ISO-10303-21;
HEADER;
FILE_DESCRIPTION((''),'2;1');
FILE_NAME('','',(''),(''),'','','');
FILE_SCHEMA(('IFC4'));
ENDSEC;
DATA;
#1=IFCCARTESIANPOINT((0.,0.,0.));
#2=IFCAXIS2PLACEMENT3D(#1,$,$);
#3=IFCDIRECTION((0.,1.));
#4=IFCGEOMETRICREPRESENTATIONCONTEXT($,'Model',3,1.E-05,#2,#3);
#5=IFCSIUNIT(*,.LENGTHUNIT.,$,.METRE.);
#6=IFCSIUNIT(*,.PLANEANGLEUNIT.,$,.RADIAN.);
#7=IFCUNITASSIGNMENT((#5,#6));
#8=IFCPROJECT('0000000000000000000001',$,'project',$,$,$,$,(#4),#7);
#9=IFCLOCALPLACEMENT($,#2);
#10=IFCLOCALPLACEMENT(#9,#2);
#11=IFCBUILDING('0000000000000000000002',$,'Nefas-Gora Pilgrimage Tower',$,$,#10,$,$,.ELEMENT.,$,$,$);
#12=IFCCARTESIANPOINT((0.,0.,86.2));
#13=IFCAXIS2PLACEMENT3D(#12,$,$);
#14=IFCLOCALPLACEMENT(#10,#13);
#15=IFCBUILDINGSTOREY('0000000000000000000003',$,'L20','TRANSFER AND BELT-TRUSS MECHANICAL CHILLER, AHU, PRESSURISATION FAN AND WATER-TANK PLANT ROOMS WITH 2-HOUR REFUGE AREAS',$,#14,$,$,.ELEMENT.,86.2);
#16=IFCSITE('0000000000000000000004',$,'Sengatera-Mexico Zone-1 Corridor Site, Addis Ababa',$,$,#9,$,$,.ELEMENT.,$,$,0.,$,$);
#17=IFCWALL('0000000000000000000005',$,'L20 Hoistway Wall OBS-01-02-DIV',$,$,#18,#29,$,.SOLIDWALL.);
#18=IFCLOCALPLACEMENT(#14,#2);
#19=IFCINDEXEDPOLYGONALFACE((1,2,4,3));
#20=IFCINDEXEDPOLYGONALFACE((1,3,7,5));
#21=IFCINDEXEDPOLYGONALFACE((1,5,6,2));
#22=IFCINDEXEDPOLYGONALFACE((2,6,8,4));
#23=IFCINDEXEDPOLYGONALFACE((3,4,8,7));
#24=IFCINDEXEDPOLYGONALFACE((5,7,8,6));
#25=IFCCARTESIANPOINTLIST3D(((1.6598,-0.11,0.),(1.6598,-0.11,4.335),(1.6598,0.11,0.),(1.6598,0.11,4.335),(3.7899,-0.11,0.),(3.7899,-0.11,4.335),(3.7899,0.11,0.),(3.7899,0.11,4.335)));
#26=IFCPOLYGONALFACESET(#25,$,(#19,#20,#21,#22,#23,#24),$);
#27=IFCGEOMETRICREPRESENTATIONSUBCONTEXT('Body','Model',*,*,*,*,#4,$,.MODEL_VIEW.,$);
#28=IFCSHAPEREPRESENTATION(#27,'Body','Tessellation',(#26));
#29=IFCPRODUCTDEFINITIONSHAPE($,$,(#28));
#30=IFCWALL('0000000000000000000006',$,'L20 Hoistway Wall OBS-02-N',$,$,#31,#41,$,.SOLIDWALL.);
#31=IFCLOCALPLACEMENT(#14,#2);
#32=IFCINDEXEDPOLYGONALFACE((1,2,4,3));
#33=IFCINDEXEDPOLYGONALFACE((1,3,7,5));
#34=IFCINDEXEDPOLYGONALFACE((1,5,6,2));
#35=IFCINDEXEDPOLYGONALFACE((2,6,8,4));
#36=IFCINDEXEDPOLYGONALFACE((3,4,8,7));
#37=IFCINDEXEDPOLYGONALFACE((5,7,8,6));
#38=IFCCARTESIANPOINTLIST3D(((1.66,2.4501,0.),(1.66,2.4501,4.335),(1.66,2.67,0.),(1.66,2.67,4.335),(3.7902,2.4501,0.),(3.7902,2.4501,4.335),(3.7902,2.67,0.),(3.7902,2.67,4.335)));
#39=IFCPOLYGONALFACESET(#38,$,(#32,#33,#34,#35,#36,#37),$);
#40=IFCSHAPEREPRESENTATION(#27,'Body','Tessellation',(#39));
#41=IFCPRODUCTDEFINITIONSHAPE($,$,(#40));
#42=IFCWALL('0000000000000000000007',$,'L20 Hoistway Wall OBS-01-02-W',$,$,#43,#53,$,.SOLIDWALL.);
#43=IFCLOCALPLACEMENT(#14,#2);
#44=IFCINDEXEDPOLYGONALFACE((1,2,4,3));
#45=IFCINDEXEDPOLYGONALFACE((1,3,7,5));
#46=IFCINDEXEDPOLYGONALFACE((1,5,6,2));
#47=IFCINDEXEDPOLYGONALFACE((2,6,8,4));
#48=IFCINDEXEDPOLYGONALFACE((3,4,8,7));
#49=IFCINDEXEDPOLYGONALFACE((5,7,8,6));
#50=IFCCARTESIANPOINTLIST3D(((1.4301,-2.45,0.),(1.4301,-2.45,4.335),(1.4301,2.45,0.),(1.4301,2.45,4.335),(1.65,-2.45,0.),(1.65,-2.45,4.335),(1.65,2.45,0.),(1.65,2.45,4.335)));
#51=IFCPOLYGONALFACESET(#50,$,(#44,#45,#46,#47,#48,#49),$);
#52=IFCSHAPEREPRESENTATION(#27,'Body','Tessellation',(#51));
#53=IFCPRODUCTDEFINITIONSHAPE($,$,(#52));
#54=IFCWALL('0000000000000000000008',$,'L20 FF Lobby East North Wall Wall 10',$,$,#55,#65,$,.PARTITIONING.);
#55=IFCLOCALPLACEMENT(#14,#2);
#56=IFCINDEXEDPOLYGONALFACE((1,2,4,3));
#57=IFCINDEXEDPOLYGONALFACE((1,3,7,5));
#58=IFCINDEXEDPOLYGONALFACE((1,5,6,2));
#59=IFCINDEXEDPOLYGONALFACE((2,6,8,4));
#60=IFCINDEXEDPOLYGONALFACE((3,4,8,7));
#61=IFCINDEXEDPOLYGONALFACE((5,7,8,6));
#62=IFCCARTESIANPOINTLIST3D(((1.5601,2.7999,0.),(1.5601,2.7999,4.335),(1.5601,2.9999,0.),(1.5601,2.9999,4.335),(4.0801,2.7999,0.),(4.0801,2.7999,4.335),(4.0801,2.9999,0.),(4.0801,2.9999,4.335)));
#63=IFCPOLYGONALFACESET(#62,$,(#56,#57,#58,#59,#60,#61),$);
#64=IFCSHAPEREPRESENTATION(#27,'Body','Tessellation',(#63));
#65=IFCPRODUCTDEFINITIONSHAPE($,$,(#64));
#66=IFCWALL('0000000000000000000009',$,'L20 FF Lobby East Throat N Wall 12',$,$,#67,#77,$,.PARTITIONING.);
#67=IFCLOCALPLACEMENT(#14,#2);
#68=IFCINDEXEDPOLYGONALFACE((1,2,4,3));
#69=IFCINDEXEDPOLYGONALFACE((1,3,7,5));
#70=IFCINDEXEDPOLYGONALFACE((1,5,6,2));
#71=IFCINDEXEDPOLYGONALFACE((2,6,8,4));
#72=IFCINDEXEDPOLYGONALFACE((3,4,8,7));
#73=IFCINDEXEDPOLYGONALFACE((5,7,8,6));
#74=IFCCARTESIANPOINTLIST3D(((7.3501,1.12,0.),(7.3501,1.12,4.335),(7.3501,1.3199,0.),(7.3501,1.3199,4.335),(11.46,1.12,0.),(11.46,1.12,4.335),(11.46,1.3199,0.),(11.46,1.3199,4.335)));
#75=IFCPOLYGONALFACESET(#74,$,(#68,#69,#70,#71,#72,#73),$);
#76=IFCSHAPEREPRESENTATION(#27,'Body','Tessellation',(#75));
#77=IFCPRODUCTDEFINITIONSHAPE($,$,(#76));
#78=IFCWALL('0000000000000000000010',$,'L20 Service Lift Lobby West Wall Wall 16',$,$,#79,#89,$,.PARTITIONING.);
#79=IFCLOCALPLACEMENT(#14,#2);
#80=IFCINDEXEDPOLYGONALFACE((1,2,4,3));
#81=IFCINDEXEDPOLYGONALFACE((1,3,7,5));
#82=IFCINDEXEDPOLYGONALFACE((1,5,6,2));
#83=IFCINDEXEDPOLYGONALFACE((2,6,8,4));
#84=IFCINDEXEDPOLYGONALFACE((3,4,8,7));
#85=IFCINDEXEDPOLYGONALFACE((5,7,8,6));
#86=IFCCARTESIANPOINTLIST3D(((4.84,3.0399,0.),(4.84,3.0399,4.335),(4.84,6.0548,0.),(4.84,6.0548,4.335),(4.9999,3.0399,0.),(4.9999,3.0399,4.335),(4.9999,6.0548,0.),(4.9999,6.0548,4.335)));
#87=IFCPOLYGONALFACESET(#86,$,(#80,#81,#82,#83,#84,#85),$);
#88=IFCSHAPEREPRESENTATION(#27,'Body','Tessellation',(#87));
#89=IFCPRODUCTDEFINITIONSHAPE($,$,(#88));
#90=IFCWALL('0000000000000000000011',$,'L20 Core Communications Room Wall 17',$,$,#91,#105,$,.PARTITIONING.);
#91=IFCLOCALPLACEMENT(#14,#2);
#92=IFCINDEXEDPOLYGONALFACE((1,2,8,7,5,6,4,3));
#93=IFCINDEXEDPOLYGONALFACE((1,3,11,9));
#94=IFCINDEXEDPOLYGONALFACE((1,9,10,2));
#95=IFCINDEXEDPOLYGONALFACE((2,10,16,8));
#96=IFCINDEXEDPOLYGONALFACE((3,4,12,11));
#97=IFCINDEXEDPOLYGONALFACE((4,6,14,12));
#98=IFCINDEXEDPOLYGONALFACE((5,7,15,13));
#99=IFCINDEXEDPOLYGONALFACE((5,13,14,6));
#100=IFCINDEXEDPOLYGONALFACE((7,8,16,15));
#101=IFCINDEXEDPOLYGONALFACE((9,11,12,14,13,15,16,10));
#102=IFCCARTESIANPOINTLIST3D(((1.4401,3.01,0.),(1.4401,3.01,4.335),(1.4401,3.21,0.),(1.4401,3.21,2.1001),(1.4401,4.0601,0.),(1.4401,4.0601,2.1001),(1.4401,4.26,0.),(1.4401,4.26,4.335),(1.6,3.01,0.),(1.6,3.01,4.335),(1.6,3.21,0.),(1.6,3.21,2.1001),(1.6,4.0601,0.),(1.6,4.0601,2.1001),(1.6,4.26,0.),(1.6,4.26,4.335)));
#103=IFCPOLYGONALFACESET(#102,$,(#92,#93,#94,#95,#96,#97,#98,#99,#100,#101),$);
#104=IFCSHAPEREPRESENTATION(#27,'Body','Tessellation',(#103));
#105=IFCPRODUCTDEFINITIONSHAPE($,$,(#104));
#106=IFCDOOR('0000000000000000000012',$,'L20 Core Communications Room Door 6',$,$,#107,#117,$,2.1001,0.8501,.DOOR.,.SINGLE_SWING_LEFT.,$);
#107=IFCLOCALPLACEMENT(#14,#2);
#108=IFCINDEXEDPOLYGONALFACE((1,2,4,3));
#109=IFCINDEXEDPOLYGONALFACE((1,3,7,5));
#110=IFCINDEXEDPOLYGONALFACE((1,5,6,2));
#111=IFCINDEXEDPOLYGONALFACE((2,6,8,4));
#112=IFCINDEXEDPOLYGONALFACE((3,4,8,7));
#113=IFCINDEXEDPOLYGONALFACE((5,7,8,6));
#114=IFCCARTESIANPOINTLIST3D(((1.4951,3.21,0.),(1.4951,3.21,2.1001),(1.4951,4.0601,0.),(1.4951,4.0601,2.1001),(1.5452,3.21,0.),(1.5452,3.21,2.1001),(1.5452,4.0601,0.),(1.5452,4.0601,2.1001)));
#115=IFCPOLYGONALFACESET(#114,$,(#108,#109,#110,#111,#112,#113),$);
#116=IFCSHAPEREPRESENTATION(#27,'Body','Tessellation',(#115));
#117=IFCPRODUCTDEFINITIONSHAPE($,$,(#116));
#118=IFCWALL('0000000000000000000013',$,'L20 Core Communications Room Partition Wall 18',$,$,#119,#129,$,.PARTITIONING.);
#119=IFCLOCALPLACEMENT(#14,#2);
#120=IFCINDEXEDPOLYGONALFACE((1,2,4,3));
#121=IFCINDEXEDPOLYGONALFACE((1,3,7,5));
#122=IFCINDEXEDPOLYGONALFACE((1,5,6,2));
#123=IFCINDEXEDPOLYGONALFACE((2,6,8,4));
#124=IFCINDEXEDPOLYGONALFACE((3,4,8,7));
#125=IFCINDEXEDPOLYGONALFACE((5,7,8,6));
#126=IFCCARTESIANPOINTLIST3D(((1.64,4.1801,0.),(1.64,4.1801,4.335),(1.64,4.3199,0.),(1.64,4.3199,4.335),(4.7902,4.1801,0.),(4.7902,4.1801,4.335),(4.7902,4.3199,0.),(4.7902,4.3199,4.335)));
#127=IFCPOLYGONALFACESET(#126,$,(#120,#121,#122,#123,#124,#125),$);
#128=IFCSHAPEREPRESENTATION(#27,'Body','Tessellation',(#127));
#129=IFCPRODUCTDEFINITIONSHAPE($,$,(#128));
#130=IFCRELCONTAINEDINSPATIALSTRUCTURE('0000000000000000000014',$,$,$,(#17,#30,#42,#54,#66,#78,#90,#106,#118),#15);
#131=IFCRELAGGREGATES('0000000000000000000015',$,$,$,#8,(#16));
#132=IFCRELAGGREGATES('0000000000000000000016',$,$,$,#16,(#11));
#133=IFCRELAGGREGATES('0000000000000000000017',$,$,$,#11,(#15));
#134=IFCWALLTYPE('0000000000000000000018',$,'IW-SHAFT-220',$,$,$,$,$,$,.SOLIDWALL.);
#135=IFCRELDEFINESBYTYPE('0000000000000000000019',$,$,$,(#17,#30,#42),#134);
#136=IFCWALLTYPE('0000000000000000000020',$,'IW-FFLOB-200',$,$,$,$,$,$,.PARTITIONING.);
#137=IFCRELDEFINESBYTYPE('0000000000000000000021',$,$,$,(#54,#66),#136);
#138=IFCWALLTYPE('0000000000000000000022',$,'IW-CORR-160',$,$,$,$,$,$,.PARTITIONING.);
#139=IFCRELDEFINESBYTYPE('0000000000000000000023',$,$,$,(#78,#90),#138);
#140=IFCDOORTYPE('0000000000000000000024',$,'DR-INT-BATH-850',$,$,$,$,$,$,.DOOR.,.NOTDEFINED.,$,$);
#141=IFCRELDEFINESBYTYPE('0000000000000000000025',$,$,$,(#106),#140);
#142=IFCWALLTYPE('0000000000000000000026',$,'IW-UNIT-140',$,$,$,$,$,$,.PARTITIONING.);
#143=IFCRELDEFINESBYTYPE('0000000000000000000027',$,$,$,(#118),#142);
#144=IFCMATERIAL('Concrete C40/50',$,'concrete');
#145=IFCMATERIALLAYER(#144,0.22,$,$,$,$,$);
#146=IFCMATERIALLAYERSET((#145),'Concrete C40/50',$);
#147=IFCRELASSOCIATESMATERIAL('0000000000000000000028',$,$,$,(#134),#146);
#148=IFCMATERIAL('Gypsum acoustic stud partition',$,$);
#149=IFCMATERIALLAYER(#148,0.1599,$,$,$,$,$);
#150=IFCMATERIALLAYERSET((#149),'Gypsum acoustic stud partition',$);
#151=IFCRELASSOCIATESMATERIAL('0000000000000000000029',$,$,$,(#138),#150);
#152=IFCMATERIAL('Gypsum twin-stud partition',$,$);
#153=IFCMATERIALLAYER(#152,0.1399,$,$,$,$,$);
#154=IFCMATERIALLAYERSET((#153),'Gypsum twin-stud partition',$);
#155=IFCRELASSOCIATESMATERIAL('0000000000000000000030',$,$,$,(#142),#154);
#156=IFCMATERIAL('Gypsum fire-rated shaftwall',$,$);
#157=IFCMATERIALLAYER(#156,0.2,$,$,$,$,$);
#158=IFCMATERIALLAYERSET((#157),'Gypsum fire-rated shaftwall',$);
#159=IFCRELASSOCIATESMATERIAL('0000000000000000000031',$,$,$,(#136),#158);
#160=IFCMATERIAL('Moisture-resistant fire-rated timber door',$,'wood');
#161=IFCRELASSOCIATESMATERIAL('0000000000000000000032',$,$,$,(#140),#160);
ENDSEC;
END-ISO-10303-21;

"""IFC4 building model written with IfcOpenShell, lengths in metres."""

from ifc_helpers import new_model, si_unit, direction, frame, frame_2d, origin, place, context, subcontext, project, spatial, rectangle, extrude, source, transform, mapped, material, layer, layer_set, type_object, element, fill, save


model = new_model("IFC4")

# Units and contexts
model_context = context("Model", 3, precision=1e-05, world=origin(), true_north=direction((0.0, 1.0)))
body_context = subcontext(model_context, "Body", "Model", "MODEL_VIEW")
ifc_project = project(units=[si_unit("LENGTHUNIT", "METRE"), si_unit("PLANEANGLEUNIT", "RADIAN")], contexts=[model_context])

# Site, building, storey
site_placement = place(None, origin())
site = spatial("IfcSite", under=ifc_project, at=site_placement, Name="Sengatera-Mexico Zone-1 Corridor Site, Addis Ababa", CompositionType="ELEMENT", RefElevation=0.0)
building_placement = place(site_placement, origin())
building = spatial("IfcBuilding", under=site, at=building_placement, Name="Nefas-Gora Pilgrimage Tower", CompositionType="ELEMENT")
storey_placement = place(building_placement, frame((0.0, 0.0, 86.2)))
storey = spatial("IfcBuildingStorey", under=building, at=storey_placement, Name="L20", Description="TRANSFER AND BELT-TRUSS MECHANICAL CHILLER, AHU, PRESSURISATION FAN AND WATER-TANK PLANT ROOMS WITH 2-HOUR REFUGE AREAS", CompositionType="ELEMENT", Elevation=86.2)

# Shared definitions
ifc_material_1 = material(Name="Concrete C40/50", Category="concrete")
ifc_layer_1 = layer(ifc_material_1, 0.22)
ifc_layer_set_1 = layer_set([ifc_layer_1], Name="Concrete C40/50")
wall_type_1 = type_object("IfcWallType", Name="IW-SHAFT-220", PredefinedType="SOLIDWALL", material=ifc_layer_set_1)

# Walls
ifc_material_2 = material(Name="Gypsum acoustic stud partition")
ifc_layer_2 = layer(ifc_material_2, 0.1599)
ifc_layer_set_2 = layer_set([ifc_layer_2], Name="Gypsum acoustic stud partition")
wall_type_2 = type_object("IfcWallType", Name="IW-CORR-160", PredefinedType="PARTITIONING", material=ifc_layer_set_2)
ifc_material_3 = material(Name="Gypsum twin-stud partition")
ifc_layer_3 = layer(ifc_material_3, 0.1399)
ifc_layer_set_3 = layer_set([ifc_layer_3], Name="Gypsum twin-stud partition")
wall_type_3 = type_object("IfcWallType", Name="IW-UNIT-140", PredefinedType="PARTITIONING", material=ifc_layer_set_3)
shared_shape_1 = source(origin(), body_context, "Body", "SweptSolid", [
    extrude(rectangle(XDim=2.1301, YDim=0.22, at=frame_2d((1.0649, 0.0))), origin(), (0.0, 0.0, 1.0), 4.335),
])
for number, where, z_axis, x_axis, name in (
    (1, (1.6599, 0.0, 0.0), (0.0, 0.0, 1.0), (1.0, 0.0, 0.0), "L20 Hoistway Wall OBS-01-02-DIV"),
    (2, (3.79, 2.5601, 0.0), (0.0, 0.0, 1.0), (-1.0, 0.0, 0.0), "L20 Hoistway Wall OBS-02-N"),
):
    element("IfcWall", number, at=place(storey_placement, frame(where, z_axis=z_axis, x_axis=x_axis)), inside=storey, type_object=wall_type_1, Name=name, PredefinedType="SOLIDWALL", context=body_context, shape_type="MappedRepresentation", body=[
        mapped(shared_shape_1, transform((0.0, 0.0, 0.0), x_axis=(1.0, 0.0, 0.0), y_axis=(0.0, 1.0, 0.0), z_axis=(0.0, 0.0, 1.0), scale=1.0)),
    ])
shared_shape_2 = source(origin(), body_context, "Body", "SweptSolid", [
    extrude(rectangle(XDim=4.8999, YDim=0.22, at=frame_2d((2.45, 0.0))), origin(), (0.0, 0.0, 1.0), 4.335),
])
wall_1_placement = place(storey_placement, frame((1.54, 2.45, 0.0), z_axis=(0.0, 0.0, 1.0), x_axis=(0.0, -1.0, 0.0)))
element("IfcWall", 3, at=wall_1_placement, inside=storey, type_object=wall_type_1, Name="L20 Hoistway Wall OBS-01-02-W", PredefinedType="SOLIDWALL", context=body_context, shape_type="MappedRepresentation", body=[
    mapped(shared_shape_2, transform((0.0, 0.0, 0.0), x_axis=(1.0, 0.0, 0.0), y_axis=(0.0, 1.0, 0.0), z_axis=(0.0, 0.0, 1.0), scale=1.0)),
])
ifc_material_4 = material(Name="Gypsum fire-rated shaftwall")
ifc_layer_4 = layer(ifc_material_4, 0.2)
ifc_layer_set_4 = layer_set([ifc_layer_4], Name="Gypsum fire-rated shaftwall")
wall_type_4 = type_object("IfcWallType", Name="IW-FFLOB-200", PredefinedType="PARTITIONING", material=ifc_layer_set_4)
shared_shape_3 = source(origin(), body_context, "Body", "SweptSolid", [
    extrude(rectangle(XDim=2.52, YDim=0.2, at=frame_2d((1.26, 0.0))), origin(), (0.0, 0.0, 1.0), 4.335),
])
wall_2_placement = place(storey_placement, frame((1.5601, 2.8999, 0.0), z_axis=(0.0, 0.0, 1.0), x_axis=(1.0, 0.0, 0.0)))
element("IfcWall", 4, at=wall_2_placement, inside=storey, type_object=wall_type_4, Name="L20 FF Lobby East North Wall Wall 10", PredefinedType="PARTITIONING", context=body_context, shape_type="MappedRepresentation", body=[
    mapped(shared_shape_3, transform((0.0, 0.0, 0.0), x_axis=(1.0, 0.0, 0.0), y_axis=(0.0, 1.0, 0.0), z_axis=(0.0, 0.0, 1.0), scale=1.0)),
])

# Walls
shared_shape_4 = source(origin(), body_context, "Body", "SweptSolid", [
    extrude(rectangle(XDim=4.1099, YDim=0.2, at=frame_2d((2.0549, 0.0))), origin(), (0.0, 0.0, 1.0), 4.335),
])
wall_3_placement = place(storey_placement, frame((7.3501, 1.22, 0.0), z_axis=(0.0, 0.0, 1.0), x_axis=(1.0, 0.0, 0.0)))
element("IfcWall", 5, at=wall_3_placement, inside=storey, type_object=wall_type_4, Name="L20 FF Lobby East Throat N Wall 12", PredefinedType="PARTITIONING", context=body_context, shape_type="MappedRepresentation", body=[
    mapped(shared_shape_4, transform((0.0, 0.0, 0.0), x_axis=(1.0, 0.0, 0.0), y_axis=(0.0, 1.0, 0.0), z_axis=(0.0, 0.0, 1.0), scale=1.0)),
])
shared_shape_5 = source(origin(), body_context, "Body", "SweptSolid", [
    extrude(rectangle(XDim=3.0149, YDim=0.1599, at=frame_2d((1.5073, 0.0))), origin(), (0.0, 0.0, 1.0), 4.335),
])
wall_4_placement = place(storey_placement, frame((4.9199, 3.04, 0.0), z_axis=(0.0, 0.0, 1.0), x_axis=(0.0, 1.0, 0.0)))
element("IfcWall", 6, at=wall_4_placement, inside=storey, type_object=wall_type_2, Name="L20 Service Lift Lobby West Wall Wall 16", PredefinedType="PARTITIONING", context=body_context, shape_type="MappedRepresentation", body=[
    mapped(shared_shape_5, transform((0.0, 0.0, 0.0), x_axis=(1.0, 0.0, 0.0), y_axis=(0.0, 1.0, 0.0), z_axis=(0.0, 0.0, 1.0), scale=1.0)),
])

# Wall, opening, door
shared_shape_6 = source(origin(), body_context, "Body", "SweptSolid", [
    extrude(rectangle(XDim=1.25, YDim=0.1599, at=frame_2d((0.625, 0.0))), origin(), (0.0, 0.0, 1.0), 4.335),
])
wall_5_placement = place(storey_placement, frame((1.52, 3.01, 0.0), z_axis=(0.0, 0.0, 1.0), x_axis=(0.0, 1.0, 0.0)))
wall_5 = element("IfcWall", 7, at=wall_5_placement, inside=storey, type_object=wall_type_2, Name="L20 Core Communications Room Wall 17", PredefinedType="PARTITIONING", context=body_context, shape_type="MappedRepresentation", body=[
    mapped(shared_shape_6, transform((0.0, 0.0, 0.0), x_axis=(1.0, 0.0, 0.0), y_axis=(0.0, 1.0, 0.0), z_axis=(0.0, 0.0, 1.0), scale=1.0)),
])
opening_1_placement = place(wall_5_placement, frame((0.2, 0.0, 0.0)))
opening_1 = element("IfcOpeningElement", 8, at=opening_1_placement, cuts=wall_5, PredefinedType="OPENING", context=body_context, shape_type="SweptSolid", body=[
    extrude(rectangle(XDim=0.8501, YDim=2.1001, at=frame_2d((0.425, 1.05))), frame((0.0, 0.0898, 0.0), z_axis=(0.0, -1.0, 0.0), x_axis=(1.0, 0.0, 0.0)), (0.0, 0.0, 1.0), 0.1799),
])
ifc_material_5 = material(Name="Moisture-resistant fire-rated timber door", Category="wood")
door_type_1 = type_object("IfcDoorType", Name="DR-INT-BATH-850", OperationType="NOTDEFINED", PredefinedType="DOOR", material=ifc_material_5)
shared_shape_7 = source(origin(), body_context, "Body", "SweptSolid", [
    extrude(rectangle(XDim=0.8501, YDim=2.1001, at=frame_2d((0.425, 1.05))), frame((0.0, 0.0249, 0.0), z_axis=(0.0, -1.0, 0.0), x_axis=(1.0, 0.0, 0.0)), (0.0, 0.0, 1.0), 0.05),
])
door_1_placement = place(opening_1_placement, origin())
door_1 = element("IfcDoor", 9, at=door_1_placement, inside=storey, type_object=door_type_1, Name="L20 Core Communications Room Door 6", OperationType="SINGLE_SWING_LEFT", OverallHeight=2.1001, OverallWidth=0.8501, PredefinedType="DOOR", context=body_context, shape_type="MappedRepresentation", body=[
    mapped(shared_shape_7, transform((0.0, 0.0, 0.0), x_axis=(1.0, 0.0, 0.0), y_axis=(0.0, 1.0, 0.0), z_axis=(0.0, 0.0, 1.0), scale=1.0)),
])
fill(opening_1, door_1)

# Wall
shared_shape_8 = source(origin(), body_context, "Body", "SweptSolid", [
    extrude(rectangle(XDim=3.1501, YDim=0.1399, at=frame_2d((1.5752, 0.0))), origin(), (0.0, 0.0, 1.0), 4.335),
])
wall_6_placement = place(storey_placement, frame((1.6399, 4.25, 0.0), z_axis=(0.0, 0.0, 1.0), x_axis=(1.0, 0.0, 0.0)))
element("IfcWall", 10, at=wall_6_placement, inside=storey, type_object=wall_type_3, Name="L20 Core Communications Room Partition Wall 18", PredefinedType="PARTITIONING", context=body_context, shape_type="MappedRepresentation", body=[
    mapped(shared_shape_8, transform((0.0, 0.0, 0.0), x_axis=(1.0, 0.0, 0.0), y_axis=(0.0, 1.0, 0.0), z_axis=(0.0, 0.0, 1.0), scale=1.0)),
])

save(model, "model.ifc")
